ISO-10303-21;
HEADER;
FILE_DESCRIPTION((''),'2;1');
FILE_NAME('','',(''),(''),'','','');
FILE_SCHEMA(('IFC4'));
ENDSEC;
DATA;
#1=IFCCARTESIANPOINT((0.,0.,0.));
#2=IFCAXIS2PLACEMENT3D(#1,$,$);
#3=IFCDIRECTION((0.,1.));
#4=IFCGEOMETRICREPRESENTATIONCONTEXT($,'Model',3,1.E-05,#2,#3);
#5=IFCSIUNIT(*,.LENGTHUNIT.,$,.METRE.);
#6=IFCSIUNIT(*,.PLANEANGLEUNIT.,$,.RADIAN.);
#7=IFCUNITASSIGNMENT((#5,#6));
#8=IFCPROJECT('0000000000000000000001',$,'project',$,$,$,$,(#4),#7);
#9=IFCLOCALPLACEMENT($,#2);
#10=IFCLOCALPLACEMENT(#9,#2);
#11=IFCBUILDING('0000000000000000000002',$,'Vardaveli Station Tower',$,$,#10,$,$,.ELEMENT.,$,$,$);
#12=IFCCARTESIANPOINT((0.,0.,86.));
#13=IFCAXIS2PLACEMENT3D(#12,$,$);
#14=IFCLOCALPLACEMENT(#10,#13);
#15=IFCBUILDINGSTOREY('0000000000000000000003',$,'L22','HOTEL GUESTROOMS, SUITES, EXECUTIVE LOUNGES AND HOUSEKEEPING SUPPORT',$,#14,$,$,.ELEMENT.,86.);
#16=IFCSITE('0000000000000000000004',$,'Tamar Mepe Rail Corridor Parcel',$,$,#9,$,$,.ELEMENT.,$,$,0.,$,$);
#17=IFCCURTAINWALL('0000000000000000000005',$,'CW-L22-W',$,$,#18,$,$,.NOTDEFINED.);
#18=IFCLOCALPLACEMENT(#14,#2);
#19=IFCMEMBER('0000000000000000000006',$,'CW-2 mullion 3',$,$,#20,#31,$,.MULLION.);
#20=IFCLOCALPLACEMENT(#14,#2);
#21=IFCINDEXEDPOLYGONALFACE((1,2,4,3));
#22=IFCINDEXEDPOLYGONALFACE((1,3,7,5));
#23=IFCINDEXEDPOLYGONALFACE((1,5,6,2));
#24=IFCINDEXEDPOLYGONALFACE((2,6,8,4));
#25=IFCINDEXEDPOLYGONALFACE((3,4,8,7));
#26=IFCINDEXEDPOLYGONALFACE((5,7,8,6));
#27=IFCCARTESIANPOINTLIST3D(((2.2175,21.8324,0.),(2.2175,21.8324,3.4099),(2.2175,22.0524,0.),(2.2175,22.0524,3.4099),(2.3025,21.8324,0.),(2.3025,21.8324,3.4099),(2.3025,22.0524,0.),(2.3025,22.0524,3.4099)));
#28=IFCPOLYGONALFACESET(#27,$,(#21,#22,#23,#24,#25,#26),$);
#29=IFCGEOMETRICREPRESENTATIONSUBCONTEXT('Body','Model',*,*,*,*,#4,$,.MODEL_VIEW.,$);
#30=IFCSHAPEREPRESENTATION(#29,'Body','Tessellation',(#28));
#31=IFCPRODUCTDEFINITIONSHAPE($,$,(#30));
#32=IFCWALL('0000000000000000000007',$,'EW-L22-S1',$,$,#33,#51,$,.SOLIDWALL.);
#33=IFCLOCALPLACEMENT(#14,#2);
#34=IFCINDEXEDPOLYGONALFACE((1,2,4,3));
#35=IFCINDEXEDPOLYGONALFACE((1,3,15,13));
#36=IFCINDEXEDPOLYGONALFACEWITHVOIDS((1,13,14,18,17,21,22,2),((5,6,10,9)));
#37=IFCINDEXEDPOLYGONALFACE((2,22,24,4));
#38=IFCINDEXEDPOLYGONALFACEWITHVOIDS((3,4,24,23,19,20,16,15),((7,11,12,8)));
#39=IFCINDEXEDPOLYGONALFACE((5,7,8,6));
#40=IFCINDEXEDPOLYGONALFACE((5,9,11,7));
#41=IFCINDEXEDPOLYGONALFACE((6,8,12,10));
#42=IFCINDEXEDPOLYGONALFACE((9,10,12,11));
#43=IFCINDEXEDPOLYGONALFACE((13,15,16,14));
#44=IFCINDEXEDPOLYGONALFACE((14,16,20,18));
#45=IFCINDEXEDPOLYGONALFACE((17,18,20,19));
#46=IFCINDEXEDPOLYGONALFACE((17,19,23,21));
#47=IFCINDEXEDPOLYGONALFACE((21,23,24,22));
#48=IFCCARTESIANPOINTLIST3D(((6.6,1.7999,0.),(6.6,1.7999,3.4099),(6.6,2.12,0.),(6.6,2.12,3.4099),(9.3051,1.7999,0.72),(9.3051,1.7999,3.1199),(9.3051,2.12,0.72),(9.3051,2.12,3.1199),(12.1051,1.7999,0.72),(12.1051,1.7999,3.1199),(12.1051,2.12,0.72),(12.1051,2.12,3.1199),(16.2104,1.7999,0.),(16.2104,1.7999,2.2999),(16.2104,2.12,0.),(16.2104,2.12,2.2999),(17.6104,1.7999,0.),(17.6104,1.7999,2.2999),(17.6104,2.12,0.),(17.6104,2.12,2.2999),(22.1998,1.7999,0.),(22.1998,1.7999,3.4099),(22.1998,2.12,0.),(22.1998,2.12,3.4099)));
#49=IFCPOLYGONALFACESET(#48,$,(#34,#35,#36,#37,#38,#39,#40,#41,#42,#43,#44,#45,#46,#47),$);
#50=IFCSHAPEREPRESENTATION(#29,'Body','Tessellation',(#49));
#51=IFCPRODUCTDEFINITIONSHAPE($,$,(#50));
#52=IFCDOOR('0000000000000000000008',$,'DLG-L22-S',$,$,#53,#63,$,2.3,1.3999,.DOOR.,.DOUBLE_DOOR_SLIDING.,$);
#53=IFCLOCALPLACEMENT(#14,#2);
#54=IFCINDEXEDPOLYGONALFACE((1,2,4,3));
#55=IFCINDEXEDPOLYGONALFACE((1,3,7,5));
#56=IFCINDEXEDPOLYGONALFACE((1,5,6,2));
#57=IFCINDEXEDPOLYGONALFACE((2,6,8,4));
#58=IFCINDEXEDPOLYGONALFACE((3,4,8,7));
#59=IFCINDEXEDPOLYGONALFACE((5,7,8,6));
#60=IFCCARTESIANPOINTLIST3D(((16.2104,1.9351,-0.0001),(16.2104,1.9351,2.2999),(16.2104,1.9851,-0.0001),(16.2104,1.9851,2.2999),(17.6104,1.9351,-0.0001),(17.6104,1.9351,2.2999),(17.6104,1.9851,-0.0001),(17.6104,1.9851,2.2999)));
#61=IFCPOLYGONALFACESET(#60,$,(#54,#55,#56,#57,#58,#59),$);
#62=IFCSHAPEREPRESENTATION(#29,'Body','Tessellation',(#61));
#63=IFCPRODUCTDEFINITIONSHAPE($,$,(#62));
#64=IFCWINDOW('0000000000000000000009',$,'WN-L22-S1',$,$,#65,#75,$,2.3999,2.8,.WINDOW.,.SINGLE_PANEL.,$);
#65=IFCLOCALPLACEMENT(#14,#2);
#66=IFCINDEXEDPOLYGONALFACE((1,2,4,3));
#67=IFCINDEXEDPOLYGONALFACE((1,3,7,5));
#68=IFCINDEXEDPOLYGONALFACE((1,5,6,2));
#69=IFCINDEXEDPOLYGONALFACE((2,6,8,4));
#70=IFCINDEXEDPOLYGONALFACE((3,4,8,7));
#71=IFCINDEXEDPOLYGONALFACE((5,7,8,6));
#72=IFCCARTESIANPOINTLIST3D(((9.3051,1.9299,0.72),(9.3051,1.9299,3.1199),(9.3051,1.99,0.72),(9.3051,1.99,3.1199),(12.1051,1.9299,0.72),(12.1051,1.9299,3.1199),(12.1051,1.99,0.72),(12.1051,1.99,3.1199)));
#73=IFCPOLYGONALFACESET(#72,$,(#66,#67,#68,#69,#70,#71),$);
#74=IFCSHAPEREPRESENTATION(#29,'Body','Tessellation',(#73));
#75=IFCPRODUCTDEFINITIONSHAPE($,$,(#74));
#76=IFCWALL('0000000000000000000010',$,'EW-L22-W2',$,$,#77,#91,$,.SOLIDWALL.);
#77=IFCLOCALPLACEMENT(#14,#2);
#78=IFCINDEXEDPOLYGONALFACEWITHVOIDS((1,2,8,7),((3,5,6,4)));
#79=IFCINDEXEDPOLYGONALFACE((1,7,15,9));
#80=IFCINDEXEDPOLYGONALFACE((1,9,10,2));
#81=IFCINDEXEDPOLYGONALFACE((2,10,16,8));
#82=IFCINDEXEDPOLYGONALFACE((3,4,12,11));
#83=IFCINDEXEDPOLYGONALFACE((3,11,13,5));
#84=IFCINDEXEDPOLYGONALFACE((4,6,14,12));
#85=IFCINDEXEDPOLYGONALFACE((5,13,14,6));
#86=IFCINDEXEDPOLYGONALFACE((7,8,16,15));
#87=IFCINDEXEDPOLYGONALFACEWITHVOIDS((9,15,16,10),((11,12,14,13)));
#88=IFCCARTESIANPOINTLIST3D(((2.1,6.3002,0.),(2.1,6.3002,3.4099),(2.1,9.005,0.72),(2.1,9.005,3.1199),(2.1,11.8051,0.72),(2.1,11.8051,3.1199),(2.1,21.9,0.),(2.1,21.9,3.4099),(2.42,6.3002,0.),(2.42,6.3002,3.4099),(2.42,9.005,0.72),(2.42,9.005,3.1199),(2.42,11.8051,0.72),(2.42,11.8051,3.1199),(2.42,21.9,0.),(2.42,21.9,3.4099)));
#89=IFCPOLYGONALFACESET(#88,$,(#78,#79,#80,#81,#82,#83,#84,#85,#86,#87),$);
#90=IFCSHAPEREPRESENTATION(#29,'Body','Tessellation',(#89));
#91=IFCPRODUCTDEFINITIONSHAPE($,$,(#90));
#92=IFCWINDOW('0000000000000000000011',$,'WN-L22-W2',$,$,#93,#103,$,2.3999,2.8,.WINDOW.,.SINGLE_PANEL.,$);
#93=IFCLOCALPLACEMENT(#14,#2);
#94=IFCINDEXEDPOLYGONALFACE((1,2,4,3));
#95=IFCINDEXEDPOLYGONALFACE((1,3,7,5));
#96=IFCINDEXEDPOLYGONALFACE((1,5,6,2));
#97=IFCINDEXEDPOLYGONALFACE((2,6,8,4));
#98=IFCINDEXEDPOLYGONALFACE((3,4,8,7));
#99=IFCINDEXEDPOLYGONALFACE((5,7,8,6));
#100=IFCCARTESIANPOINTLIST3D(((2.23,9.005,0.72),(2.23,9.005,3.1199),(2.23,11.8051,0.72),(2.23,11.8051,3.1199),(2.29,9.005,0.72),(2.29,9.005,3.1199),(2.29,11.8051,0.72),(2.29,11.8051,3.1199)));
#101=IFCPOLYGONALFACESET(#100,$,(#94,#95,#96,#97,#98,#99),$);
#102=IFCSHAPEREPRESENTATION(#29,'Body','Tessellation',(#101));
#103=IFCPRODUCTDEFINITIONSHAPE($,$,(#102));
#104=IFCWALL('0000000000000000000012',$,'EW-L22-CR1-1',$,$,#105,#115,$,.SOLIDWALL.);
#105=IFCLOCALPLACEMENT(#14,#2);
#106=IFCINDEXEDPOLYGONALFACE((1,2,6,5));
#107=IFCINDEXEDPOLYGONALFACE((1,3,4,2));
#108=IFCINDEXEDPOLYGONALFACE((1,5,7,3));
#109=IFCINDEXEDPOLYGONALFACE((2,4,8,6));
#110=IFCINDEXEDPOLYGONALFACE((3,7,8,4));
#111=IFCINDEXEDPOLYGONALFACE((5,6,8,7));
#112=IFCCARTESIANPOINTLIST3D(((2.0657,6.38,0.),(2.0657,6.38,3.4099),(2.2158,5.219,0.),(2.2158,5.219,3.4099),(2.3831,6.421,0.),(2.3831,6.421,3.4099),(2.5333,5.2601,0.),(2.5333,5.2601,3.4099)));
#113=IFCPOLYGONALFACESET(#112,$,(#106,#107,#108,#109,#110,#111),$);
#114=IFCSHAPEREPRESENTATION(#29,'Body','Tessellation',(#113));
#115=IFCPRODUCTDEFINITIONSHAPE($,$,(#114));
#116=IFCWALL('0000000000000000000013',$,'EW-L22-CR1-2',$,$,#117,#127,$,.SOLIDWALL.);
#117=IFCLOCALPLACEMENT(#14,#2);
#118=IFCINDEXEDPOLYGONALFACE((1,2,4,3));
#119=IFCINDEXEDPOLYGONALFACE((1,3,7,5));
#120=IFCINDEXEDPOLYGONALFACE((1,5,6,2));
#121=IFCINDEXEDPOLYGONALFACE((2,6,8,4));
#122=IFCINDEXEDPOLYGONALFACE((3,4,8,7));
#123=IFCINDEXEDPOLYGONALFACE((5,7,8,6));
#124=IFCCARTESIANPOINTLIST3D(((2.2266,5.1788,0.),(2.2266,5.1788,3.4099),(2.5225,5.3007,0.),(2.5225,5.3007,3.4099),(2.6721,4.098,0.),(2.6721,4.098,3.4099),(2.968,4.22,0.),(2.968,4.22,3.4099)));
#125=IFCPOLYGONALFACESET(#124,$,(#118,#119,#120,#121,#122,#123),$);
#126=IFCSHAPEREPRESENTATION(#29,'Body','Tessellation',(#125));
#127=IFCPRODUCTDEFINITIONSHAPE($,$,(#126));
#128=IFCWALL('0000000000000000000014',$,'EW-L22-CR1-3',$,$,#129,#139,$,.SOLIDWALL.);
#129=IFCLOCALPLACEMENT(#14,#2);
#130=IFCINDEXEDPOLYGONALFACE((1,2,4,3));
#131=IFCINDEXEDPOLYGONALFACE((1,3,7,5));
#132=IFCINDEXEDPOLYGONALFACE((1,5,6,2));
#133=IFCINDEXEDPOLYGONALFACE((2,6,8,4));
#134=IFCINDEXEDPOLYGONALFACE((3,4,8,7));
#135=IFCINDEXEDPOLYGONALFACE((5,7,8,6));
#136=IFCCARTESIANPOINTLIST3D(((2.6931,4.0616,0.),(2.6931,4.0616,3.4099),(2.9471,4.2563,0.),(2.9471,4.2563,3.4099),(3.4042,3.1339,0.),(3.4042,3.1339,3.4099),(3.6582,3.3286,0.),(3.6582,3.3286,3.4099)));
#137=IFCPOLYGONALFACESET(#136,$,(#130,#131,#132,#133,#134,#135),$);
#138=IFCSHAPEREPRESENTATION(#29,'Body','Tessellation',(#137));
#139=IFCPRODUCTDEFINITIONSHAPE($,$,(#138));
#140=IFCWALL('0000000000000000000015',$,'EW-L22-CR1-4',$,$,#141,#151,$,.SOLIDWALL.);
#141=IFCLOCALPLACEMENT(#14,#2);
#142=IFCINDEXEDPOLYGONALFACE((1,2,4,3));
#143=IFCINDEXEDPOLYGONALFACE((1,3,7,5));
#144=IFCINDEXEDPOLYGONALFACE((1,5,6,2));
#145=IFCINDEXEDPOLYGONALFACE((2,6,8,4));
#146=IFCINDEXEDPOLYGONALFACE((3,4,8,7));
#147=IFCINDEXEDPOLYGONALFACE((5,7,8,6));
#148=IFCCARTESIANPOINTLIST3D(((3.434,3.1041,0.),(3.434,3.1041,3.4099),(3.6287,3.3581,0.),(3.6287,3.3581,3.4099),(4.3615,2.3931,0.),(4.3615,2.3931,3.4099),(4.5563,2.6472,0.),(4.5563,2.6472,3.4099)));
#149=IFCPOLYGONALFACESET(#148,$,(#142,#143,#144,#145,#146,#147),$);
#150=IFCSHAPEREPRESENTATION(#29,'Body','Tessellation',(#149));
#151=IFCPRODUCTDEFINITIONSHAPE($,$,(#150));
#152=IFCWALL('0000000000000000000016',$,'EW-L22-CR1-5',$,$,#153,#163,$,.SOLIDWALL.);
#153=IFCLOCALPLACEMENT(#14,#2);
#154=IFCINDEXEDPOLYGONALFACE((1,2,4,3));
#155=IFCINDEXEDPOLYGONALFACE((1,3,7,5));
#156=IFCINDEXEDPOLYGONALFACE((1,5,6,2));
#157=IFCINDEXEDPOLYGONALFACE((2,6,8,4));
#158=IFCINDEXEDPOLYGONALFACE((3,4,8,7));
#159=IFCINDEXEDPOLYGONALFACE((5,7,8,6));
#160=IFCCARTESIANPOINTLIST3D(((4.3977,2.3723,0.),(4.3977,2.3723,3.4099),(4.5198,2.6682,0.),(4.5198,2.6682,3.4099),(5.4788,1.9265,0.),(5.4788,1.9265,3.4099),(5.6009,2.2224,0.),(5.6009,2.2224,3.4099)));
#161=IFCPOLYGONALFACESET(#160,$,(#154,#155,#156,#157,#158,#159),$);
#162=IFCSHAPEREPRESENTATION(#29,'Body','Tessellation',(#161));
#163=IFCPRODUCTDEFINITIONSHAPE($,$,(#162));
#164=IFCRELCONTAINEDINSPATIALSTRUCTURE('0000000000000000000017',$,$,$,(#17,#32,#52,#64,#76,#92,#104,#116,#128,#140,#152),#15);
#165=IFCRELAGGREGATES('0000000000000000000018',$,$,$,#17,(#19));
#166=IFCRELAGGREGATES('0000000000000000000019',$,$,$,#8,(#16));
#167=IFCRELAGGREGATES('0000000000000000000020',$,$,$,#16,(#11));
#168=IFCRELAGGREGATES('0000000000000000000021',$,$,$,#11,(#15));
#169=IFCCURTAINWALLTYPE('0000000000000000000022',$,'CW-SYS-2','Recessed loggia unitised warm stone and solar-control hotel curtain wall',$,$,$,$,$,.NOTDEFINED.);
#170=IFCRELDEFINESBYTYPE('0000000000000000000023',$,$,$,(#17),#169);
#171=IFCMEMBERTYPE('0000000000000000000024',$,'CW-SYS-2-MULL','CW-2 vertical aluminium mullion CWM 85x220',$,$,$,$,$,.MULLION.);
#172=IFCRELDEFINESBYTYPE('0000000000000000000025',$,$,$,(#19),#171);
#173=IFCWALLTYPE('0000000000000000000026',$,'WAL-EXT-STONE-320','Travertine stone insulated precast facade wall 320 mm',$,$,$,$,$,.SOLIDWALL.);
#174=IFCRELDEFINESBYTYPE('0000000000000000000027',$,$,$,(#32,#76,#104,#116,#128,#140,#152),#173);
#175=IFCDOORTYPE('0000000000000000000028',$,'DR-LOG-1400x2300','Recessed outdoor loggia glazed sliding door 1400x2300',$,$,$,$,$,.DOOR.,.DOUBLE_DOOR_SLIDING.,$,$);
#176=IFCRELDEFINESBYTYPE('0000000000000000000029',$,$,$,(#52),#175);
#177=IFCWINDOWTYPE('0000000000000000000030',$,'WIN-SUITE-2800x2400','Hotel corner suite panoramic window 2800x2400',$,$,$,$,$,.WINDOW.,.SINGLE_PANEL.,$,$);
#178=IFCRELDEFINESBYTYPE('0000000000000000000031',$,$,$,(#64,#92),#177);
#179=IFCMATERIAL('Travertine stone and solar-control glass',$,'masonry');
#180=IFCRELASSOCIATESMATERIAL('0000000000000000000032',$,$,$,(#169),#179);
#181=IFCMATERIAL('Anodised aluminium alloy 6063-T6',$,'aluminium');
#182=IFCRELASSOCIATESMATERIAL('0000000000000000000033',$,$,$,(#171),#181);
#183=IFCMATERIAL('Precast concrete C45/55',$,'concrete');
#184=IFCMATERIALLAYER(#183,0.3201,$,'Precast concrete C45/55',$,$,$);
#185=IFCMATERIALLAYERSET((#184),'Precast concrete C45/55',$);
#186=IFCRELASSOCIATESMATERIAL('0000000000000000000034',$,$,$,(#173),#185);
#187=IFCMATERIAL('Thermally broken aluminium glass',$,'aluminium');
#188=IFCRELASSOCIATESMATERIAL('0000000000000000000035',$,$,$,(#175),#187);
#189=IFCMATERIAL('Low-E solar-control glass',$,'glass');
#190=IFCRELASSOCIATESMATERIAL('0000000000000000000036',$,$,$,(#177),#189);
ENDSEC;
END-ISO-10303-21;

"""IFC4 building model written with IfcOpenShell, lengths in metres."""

from ifc_helpers import new_model, si_unit, direction, frame, frame_2d, origin, origin_2d, place, context, subcontext, project, spatial, rectangle, extrude, source, transform, mapped, material, layer, layer_set, material_profile, profile_set, type_object, element, fill, aggregate, save


model = new_model("IFC4")

# Units and contexts
model_context = context("Model", 3, precision=1e-05, world=origin(), true_north=direction((0.0, 1.0)))
body_context = subcontext(model_context, "Body", "Model", "MODEL_VIEW")
ifc_project = project(units=[si_unit("LENGTHUNIT", "METRE"), si_unit("PLANEANGLEUNIT", "RADIAN")], contexts=[model_context])

# Site, building, storey
site_placement = place(None, origin())
site = spatial("IfcSite", under=ifc_project, at=site_placement, Name="Tamar Mepe Rail Corridor Parcel", CompositionType="ELEMENT", RefElevation=0.0)
building_placement = place(site_placement, origin())
building = spatial("IfcBuilding", under=site, at=building_placement, Name="Vardaveli Station Tower", CompositionType="ELEMENT")
storey_placement = place(building_placement, frame((0.0, 0.0, 86.0)))
storey = spatial("IfcBuildingStorey", under=building, at=storey_placement, Name="L22", Description="HOTEL GUESTROOMS, SUITES, EXECUTIVE LOUNGES AND HOUSEKEEPING SUPPORT", CompositionType="ELEMENT", Elevation=86.0)

# Shared definitions
ifc_material_1 = material(Name="Precast concrete C45/55", Category="concrete")

# Curtain wall, member
ifc_material_2 = material(Name="Travertine stone and solar-control glass", Category="masonry")
curtain_wall_type = type_object("IfcCurtainWallType", Name="CW-SYS-2", Description="Recessed loggia unitised warm stone and solar-control hotel curtain wall", PredefinedType="NOTDEFINED", material=ifc_material_2)
curtain_wall_placement = place(storey_placement, origin())
curtain_wall = element("IfcCurtainWall", 1, at=curtain_wall_placement, inside=storey, type_object=curtain_wall_type, Name="CW-L22-W", PredefinedType="NOTDEFINED")
ifc_material_3 = material(Name="Anodised aluminium alloy 6063-T6", Category="aluminium")
ifc_material_profile_1 = material_profile(ifc_material_3, rectangle(XDim=0.085, YDim=0.22, at=origin_2d()), Name="CWM 85x220")
ifc_profile_set_1 = profile_set([ifc_material_profile_1], Name="Anodised aluminium alloy 6063-T6")
member_type = type_object("IfcMemberType", Name="CW-SYS-2-MULL", Description="CW-2 vertical aluminium mullion CWM 85x220", PredefinedType="MULLION", material=ifc_profile_set_1)
shared_shape_1 = source(origin(), body_context, "Body", "SweptSolid", [
    extrude(rectangle(XDim=0.085, YDim=0.22, at=origin_2d()), origin(), (0.0, 0.0, 1.0), 3.4099),
])
member_placement = place(storey_placement, frame((2.26, 21.9424, 0.0), z_axis=(0.0, 0.0, 1.0), x_axis=(1.0, 0.0, 0.0)))
member = element("IfcMember", 2, at=member_placement, type_object=member_type, Name="CW-2 mullion 3", PredefinedType="MULLION", context=body_context, shape_type="MappedRepresentation", body=[
    mapped(shared_shape_1, transform((0.0, 0.0, 0.0), scale=1.0)),
])
aggregate(curtain_wall, [member])

# Wall, openings, door, window
ifc_layer_1 = layer(ifc_material_1, 0.3201, Name="Precast concrete C45/55")
ifc_layer_set_1 = layer_set([ifc_layer_1], Name="Precast concrete C45/55")
wall_type_1 = type_object("IfcWallType", Name="WAL-EXT-STONE-320", Description="Travertine stone insulated precast facade wall 320 mm", PredefinedType="SOLIDWALL", material=ifc_layer_set_1)
shared_shape_2 = source(origin(), body_context, "Body", "SweptSolid", [
    extrude(rectangle(XDim=15.5999, YDim=0.3201, at=frame_2d((7.7998, 0.0))), origin(), (0.0, 0.0, 1.0), 3.4099),
])
wall_1_placement = place(storey_placement, frame((6.6001, 1.96, 0.0), z_axis=(0.0, 0.0, 1.0), x_axis=(1.0, 0.0, 0.0)))
wall_1 = element("IfcWall", 3, at=wall_1_placement, inside=storey, type_object=wall_type_1, Name="EW-L22-S1", PredefinedType="SOLIDWALL", context=body_context, shape_type="MappedRepresentation", body=[
    mapped(shared_shape_2, transform((0.0, 0.0, 0.0), scale=1.0)),
])
shared_shape_3 = source(origin(), body_context, "Body", "SweptSolid", [
    extrude(rectangle(XDim=1.3999, YDim=2.3, at=frame_2d((0.7, 1.1499))), frame((0.0, 0.1699, 0.0), z_axis=(0.0, -1.0, 0.0), x_axis=(1.0, 0.0, 0.0)), (0.0, 0.0, 1.0), 0.3401),
])
opening_1_placement = place(wall_1_placement, frame((9.6104, 0.0, 0.0)))
opening_1 = element("IfcOpeningElement", 4, at=opening_1_placement, cuts=wall_1, PredefinedType="OPENING", context=body_context, shape_type="MappedRepresentation", body=[
    mapped(shared_shape_3, transform((0.0, 0.0, 0.0), scale=1.0)),
])
shared_shape_4 = source(origin(), body_context, "Body", "SweptSolid", [
    extrude(rectangle(XDim=2.8, YDim=2.3999, at=frame_2d((1.3999, 1.2))), frame((0.0, 0.1699, 0.0), z_axis=(0.0, -1.0, 0.0), x_axis=(1.0, 0.0, 0.0)), (0.0, 0.0, 1.0), 0.3401),
])
opening_2_placement = place(wall_1_placement, frame((2.7051, 0.0, 0.72)))
opening_2 = element("IfcOpeningElement", 5, at=opening_2_placement, cuts=wall_1, PredefinedType="OPENING", context=body_context, shape_type="MappedRepresentation", body=[
    mapped(shared_shape_4, transform((0.0, 0.0, 0.0), scale=1.0)),
])
ifc_material_4 = material(Name="Thermally broken aluminium glass", Category="aluminium")
door_type_1 = type_object("IfcDoorType", Name="DR-LOG-1400x2300", Description="Recessed outdoor loggia glazed sliding door 1400x2300", OperationType="DOUBLE_DOOR_SLIDING", PredefinedType="DOOR", material=ifc_material_4)
shared_shape_5 = source(origin(), body_context, "Body", "SweptSolid", [
    extrude(rectangle(XDim=1.3999, YDim=2.3, at=frame_2d((0.7, 1.1499))), frame((0.0, 0.0249, 0.0), z_axis=(0.0, -1.0, 0.0), x_axis=(1.0, 0.0, 0.0)), (0.0, 0.0, 1.0), 0.05),
])
door_1_placement = place(opening_1_placement, frame((1.3999, 0.0, 0.0), z_axis=(0.0, 0.0, 1.0), x_axis=(-1.0, 0.0, 0.0)))
door_1 = element("IfcDoor", 6, at=door_1_placement, inside=storey, type_object=door_type_1, Name="DLG-L22-S", OperationType="DOUBLE_DOOR_SLIDING", OverallHeight=2.3, OverallWidth=1.3999, PredefinedType="DOOR", context=body_context, shape_type="MappedRepresentation", body=[
    mapped(shared_shape_5, transform((0.0, 0.0, 0.0), scale=1.0)),
])
fill(opening_1, door_1)
ifc_material_5 = material(Name="Low-E solar-control glass", Category="glass")
window_type = type_object("IfcWindowType", Name="WIN-SUITE-2800x2400", Description="Hotel corner suite panoramic window 2800x2400", PartitioningType="SINGLE_PANEL", PredefinedType="WINDOW", material=ifc_material_5)
shared_shape_6 = source(origin(), body_context, "Body", "SweptSolid", [
    extrude(rectangle(XDim=2.8, YDim=2.3999, at=frame_2d((1.3999, 1.2))), frame((0.0, 0.03, 0.0), z_axis=(0.0, -1.0, 0.0), x_axis=(1.0, 0.0, 0.0)), (0.0, 0.0, 1.0), 0.0601),
])
window_1_placement = place(opening_2_placement, origin())
window_1 = element("IfcWindow", 7, at=window_1_placement, inside=storey, type_object=window_type, Name="WN-L22-S1", OverallHeight=2.3999, OverallWidth=2.8, PartitioningType="SINGLE_PANEL", PredefinedType="WINDOW", context=body_context, shape_type="MappedRepresentation", body=[
    mapped(shared_shape_6, transform((0.0, 0.0, 0.0), scale=1.0)),
])
fill(opening_2, window_1)

# Wall, opening, window
wall_2_placement = place(storey_placement, frame((2.26, 21.8999, 0.0), z_axis=(0.0, 0.0, 1.0), x_axis=(0.0, -1.0, 0.0)))
wall_2 = element("IfcWall", 8, at=wall_2_placement, inside=storey, type_object=wall_type_1, Name="EW-L22-W2", PredefinedType="SOLIDWALL", context=body_context, shape_type="MappedRepresentation", body=[
    mapped(shared_shape_2, transform((0.0, 0.0, 0.0), scale=1.0)),
])
opening_3_placement = place(wall_2_placement, frame((10.095, 0.0, 0.72)))
opening_3 = element("IfcOpeningElement", 9, at=opening_3_placement, cuts=wall_2, PredefinedType="OPENING", context=body_context, shape_type="MappedRepresentation", body=[
    mapped(shared_shape_4, transform((0.0, 0.0, 0.0), scale=1.0)),
])
window_2_placement = place(opening_3_placement, origin())
window_2 = element("IfcWindow", 10, at=window_2_placement, inside=storey, type_object=window_type, Name="WN-L22-W2", OverallHeight=2.3999, OverallWidth=2.8, PartitioningType="SINGLE_PANEL", PredefinedType="WINDOW", context=body_context, shape_type="MappedRepresentation", body=[
    mapped(shared_shape_6, transform((0.0, 0.0, 0.0), scale=1.0)),
])
fill(opening_3, window_2)

# Walls
shared_shape_7 = source(origin(), body_context, "Body", "SweptSolid", [
    extrude(rectangle(XDim=1.1707, YDim=0.3201, at=frame_2d((0.5854, 0.0))), origin(), (0.0, 0.0, 1.0), 3.4099),
])
wall_3_placement = place(storey_placement, frame((2.2244, 6.4006, 0.0), z_axis=(0.0, 0.0, 1.0), x_axis=(0.128269, -0.991739, 0.0)))
element("IfcWall", 11, at=wall_3_placement, inside=storey, type_object=wall_type_1, Name="EW-L22-CR1-1", PredefinedType="SOLIDWALL", context=body_context, shape_type="MappedRepresentation", body=[
    mapped(shared_shape_7, transform((0.0, 0.0, 0.0), scale=1.0)),
])
shared_shape_8 = source(origin(), body_context, "Body", "SweptSolid", [
    extrude(rectangle(XDim=1.1689, YDim=0.3201, at=frame_2d((0.5845, 0.0))), origin(), (0.0, 0.0, 1.0), 3.4099),
])
for number, where, z_axis, x_axis, name in (
    (12, (2.3745, 5.2397, 0.0), (0.0, 0.0, 1.0), (0.381128, -0.924522, 0.0), "EW-L22-CR1-2"),
    (13, (2.8201, 4.1589, 0.0), (0.0, 0.0, 1.0), (0.608388, -0.79364, 0.0), "EW-L22-CR1-3"),
):
    element("IfcWall", number, at=place(storey_placement, frame(where, z_axis=z_axis, x_axis=x_axis)), inside=storey, type_object=wall_type_1, Name=name, PredefinedType="SOLIDWALL", context=body_context, shape_type="MappedRepresentation", body=[
        mapped(shared_shape_8, transform((0.0, 0.0, 0.0), scale=1.0)),
    ])
shared_shape_9 = source(origin(), body_context, "Body", "SweptSolid", [
    extrude(rectangle(XDim=1.1687, YDim=0.3201, at=frame_2d((0.5845, 0.0))), origin(), (0.0, 0.0, 1.0), 3.4099),
])
wall_4_placement = place(storey_placement, frame((3.5312, 3.2312, 0.0), z_axis=(0.0, 0.0, 1.0), x_axis=(0.793664, -0.608357, 0.0)))
element("IfcWall", 14, at=wall_4_placement, inside=storey, type_object=wall_type_1, Name="EW-L22-CR1-4", PredefinedType="SOLIDWALL", context=body_context, shape_type="MappedRepresentation", body=[
    mapped(shared_shape_9, transform((0.0, 0.0, 0.0), scale=1.0)),
])
shared_shape_10 = source(origin(), body_context, "Body", "SweptSolid", [
    extrude(rectangle(XDim=1.1694, YDim=0.3201, at=frame_2d((0.5847, 0.0))), origin(), (0.0, 0.0, 1.0), 3.4099),
])
wall_5_placement = place(storey_placement, frame((4.4587, 2.5203, 0.0), z_axis=(0.0, 0.0, 1.0), x_axis=(0.924479, -0.381233, 0.0)))
element("IfcWall", 15, at=wall_5_placement, inside=storey, type_object=wall_type_1, Name="EW-L22-CR1-5", PredefinedType="SOLIDWALL", context=body_context, shape_type="MappedRepresentation", body=[
    mapped(shared_shape_10, transform((0.0, 0.0, 0.0), scale=1.0)),
])

save(model, "model.ifc")
